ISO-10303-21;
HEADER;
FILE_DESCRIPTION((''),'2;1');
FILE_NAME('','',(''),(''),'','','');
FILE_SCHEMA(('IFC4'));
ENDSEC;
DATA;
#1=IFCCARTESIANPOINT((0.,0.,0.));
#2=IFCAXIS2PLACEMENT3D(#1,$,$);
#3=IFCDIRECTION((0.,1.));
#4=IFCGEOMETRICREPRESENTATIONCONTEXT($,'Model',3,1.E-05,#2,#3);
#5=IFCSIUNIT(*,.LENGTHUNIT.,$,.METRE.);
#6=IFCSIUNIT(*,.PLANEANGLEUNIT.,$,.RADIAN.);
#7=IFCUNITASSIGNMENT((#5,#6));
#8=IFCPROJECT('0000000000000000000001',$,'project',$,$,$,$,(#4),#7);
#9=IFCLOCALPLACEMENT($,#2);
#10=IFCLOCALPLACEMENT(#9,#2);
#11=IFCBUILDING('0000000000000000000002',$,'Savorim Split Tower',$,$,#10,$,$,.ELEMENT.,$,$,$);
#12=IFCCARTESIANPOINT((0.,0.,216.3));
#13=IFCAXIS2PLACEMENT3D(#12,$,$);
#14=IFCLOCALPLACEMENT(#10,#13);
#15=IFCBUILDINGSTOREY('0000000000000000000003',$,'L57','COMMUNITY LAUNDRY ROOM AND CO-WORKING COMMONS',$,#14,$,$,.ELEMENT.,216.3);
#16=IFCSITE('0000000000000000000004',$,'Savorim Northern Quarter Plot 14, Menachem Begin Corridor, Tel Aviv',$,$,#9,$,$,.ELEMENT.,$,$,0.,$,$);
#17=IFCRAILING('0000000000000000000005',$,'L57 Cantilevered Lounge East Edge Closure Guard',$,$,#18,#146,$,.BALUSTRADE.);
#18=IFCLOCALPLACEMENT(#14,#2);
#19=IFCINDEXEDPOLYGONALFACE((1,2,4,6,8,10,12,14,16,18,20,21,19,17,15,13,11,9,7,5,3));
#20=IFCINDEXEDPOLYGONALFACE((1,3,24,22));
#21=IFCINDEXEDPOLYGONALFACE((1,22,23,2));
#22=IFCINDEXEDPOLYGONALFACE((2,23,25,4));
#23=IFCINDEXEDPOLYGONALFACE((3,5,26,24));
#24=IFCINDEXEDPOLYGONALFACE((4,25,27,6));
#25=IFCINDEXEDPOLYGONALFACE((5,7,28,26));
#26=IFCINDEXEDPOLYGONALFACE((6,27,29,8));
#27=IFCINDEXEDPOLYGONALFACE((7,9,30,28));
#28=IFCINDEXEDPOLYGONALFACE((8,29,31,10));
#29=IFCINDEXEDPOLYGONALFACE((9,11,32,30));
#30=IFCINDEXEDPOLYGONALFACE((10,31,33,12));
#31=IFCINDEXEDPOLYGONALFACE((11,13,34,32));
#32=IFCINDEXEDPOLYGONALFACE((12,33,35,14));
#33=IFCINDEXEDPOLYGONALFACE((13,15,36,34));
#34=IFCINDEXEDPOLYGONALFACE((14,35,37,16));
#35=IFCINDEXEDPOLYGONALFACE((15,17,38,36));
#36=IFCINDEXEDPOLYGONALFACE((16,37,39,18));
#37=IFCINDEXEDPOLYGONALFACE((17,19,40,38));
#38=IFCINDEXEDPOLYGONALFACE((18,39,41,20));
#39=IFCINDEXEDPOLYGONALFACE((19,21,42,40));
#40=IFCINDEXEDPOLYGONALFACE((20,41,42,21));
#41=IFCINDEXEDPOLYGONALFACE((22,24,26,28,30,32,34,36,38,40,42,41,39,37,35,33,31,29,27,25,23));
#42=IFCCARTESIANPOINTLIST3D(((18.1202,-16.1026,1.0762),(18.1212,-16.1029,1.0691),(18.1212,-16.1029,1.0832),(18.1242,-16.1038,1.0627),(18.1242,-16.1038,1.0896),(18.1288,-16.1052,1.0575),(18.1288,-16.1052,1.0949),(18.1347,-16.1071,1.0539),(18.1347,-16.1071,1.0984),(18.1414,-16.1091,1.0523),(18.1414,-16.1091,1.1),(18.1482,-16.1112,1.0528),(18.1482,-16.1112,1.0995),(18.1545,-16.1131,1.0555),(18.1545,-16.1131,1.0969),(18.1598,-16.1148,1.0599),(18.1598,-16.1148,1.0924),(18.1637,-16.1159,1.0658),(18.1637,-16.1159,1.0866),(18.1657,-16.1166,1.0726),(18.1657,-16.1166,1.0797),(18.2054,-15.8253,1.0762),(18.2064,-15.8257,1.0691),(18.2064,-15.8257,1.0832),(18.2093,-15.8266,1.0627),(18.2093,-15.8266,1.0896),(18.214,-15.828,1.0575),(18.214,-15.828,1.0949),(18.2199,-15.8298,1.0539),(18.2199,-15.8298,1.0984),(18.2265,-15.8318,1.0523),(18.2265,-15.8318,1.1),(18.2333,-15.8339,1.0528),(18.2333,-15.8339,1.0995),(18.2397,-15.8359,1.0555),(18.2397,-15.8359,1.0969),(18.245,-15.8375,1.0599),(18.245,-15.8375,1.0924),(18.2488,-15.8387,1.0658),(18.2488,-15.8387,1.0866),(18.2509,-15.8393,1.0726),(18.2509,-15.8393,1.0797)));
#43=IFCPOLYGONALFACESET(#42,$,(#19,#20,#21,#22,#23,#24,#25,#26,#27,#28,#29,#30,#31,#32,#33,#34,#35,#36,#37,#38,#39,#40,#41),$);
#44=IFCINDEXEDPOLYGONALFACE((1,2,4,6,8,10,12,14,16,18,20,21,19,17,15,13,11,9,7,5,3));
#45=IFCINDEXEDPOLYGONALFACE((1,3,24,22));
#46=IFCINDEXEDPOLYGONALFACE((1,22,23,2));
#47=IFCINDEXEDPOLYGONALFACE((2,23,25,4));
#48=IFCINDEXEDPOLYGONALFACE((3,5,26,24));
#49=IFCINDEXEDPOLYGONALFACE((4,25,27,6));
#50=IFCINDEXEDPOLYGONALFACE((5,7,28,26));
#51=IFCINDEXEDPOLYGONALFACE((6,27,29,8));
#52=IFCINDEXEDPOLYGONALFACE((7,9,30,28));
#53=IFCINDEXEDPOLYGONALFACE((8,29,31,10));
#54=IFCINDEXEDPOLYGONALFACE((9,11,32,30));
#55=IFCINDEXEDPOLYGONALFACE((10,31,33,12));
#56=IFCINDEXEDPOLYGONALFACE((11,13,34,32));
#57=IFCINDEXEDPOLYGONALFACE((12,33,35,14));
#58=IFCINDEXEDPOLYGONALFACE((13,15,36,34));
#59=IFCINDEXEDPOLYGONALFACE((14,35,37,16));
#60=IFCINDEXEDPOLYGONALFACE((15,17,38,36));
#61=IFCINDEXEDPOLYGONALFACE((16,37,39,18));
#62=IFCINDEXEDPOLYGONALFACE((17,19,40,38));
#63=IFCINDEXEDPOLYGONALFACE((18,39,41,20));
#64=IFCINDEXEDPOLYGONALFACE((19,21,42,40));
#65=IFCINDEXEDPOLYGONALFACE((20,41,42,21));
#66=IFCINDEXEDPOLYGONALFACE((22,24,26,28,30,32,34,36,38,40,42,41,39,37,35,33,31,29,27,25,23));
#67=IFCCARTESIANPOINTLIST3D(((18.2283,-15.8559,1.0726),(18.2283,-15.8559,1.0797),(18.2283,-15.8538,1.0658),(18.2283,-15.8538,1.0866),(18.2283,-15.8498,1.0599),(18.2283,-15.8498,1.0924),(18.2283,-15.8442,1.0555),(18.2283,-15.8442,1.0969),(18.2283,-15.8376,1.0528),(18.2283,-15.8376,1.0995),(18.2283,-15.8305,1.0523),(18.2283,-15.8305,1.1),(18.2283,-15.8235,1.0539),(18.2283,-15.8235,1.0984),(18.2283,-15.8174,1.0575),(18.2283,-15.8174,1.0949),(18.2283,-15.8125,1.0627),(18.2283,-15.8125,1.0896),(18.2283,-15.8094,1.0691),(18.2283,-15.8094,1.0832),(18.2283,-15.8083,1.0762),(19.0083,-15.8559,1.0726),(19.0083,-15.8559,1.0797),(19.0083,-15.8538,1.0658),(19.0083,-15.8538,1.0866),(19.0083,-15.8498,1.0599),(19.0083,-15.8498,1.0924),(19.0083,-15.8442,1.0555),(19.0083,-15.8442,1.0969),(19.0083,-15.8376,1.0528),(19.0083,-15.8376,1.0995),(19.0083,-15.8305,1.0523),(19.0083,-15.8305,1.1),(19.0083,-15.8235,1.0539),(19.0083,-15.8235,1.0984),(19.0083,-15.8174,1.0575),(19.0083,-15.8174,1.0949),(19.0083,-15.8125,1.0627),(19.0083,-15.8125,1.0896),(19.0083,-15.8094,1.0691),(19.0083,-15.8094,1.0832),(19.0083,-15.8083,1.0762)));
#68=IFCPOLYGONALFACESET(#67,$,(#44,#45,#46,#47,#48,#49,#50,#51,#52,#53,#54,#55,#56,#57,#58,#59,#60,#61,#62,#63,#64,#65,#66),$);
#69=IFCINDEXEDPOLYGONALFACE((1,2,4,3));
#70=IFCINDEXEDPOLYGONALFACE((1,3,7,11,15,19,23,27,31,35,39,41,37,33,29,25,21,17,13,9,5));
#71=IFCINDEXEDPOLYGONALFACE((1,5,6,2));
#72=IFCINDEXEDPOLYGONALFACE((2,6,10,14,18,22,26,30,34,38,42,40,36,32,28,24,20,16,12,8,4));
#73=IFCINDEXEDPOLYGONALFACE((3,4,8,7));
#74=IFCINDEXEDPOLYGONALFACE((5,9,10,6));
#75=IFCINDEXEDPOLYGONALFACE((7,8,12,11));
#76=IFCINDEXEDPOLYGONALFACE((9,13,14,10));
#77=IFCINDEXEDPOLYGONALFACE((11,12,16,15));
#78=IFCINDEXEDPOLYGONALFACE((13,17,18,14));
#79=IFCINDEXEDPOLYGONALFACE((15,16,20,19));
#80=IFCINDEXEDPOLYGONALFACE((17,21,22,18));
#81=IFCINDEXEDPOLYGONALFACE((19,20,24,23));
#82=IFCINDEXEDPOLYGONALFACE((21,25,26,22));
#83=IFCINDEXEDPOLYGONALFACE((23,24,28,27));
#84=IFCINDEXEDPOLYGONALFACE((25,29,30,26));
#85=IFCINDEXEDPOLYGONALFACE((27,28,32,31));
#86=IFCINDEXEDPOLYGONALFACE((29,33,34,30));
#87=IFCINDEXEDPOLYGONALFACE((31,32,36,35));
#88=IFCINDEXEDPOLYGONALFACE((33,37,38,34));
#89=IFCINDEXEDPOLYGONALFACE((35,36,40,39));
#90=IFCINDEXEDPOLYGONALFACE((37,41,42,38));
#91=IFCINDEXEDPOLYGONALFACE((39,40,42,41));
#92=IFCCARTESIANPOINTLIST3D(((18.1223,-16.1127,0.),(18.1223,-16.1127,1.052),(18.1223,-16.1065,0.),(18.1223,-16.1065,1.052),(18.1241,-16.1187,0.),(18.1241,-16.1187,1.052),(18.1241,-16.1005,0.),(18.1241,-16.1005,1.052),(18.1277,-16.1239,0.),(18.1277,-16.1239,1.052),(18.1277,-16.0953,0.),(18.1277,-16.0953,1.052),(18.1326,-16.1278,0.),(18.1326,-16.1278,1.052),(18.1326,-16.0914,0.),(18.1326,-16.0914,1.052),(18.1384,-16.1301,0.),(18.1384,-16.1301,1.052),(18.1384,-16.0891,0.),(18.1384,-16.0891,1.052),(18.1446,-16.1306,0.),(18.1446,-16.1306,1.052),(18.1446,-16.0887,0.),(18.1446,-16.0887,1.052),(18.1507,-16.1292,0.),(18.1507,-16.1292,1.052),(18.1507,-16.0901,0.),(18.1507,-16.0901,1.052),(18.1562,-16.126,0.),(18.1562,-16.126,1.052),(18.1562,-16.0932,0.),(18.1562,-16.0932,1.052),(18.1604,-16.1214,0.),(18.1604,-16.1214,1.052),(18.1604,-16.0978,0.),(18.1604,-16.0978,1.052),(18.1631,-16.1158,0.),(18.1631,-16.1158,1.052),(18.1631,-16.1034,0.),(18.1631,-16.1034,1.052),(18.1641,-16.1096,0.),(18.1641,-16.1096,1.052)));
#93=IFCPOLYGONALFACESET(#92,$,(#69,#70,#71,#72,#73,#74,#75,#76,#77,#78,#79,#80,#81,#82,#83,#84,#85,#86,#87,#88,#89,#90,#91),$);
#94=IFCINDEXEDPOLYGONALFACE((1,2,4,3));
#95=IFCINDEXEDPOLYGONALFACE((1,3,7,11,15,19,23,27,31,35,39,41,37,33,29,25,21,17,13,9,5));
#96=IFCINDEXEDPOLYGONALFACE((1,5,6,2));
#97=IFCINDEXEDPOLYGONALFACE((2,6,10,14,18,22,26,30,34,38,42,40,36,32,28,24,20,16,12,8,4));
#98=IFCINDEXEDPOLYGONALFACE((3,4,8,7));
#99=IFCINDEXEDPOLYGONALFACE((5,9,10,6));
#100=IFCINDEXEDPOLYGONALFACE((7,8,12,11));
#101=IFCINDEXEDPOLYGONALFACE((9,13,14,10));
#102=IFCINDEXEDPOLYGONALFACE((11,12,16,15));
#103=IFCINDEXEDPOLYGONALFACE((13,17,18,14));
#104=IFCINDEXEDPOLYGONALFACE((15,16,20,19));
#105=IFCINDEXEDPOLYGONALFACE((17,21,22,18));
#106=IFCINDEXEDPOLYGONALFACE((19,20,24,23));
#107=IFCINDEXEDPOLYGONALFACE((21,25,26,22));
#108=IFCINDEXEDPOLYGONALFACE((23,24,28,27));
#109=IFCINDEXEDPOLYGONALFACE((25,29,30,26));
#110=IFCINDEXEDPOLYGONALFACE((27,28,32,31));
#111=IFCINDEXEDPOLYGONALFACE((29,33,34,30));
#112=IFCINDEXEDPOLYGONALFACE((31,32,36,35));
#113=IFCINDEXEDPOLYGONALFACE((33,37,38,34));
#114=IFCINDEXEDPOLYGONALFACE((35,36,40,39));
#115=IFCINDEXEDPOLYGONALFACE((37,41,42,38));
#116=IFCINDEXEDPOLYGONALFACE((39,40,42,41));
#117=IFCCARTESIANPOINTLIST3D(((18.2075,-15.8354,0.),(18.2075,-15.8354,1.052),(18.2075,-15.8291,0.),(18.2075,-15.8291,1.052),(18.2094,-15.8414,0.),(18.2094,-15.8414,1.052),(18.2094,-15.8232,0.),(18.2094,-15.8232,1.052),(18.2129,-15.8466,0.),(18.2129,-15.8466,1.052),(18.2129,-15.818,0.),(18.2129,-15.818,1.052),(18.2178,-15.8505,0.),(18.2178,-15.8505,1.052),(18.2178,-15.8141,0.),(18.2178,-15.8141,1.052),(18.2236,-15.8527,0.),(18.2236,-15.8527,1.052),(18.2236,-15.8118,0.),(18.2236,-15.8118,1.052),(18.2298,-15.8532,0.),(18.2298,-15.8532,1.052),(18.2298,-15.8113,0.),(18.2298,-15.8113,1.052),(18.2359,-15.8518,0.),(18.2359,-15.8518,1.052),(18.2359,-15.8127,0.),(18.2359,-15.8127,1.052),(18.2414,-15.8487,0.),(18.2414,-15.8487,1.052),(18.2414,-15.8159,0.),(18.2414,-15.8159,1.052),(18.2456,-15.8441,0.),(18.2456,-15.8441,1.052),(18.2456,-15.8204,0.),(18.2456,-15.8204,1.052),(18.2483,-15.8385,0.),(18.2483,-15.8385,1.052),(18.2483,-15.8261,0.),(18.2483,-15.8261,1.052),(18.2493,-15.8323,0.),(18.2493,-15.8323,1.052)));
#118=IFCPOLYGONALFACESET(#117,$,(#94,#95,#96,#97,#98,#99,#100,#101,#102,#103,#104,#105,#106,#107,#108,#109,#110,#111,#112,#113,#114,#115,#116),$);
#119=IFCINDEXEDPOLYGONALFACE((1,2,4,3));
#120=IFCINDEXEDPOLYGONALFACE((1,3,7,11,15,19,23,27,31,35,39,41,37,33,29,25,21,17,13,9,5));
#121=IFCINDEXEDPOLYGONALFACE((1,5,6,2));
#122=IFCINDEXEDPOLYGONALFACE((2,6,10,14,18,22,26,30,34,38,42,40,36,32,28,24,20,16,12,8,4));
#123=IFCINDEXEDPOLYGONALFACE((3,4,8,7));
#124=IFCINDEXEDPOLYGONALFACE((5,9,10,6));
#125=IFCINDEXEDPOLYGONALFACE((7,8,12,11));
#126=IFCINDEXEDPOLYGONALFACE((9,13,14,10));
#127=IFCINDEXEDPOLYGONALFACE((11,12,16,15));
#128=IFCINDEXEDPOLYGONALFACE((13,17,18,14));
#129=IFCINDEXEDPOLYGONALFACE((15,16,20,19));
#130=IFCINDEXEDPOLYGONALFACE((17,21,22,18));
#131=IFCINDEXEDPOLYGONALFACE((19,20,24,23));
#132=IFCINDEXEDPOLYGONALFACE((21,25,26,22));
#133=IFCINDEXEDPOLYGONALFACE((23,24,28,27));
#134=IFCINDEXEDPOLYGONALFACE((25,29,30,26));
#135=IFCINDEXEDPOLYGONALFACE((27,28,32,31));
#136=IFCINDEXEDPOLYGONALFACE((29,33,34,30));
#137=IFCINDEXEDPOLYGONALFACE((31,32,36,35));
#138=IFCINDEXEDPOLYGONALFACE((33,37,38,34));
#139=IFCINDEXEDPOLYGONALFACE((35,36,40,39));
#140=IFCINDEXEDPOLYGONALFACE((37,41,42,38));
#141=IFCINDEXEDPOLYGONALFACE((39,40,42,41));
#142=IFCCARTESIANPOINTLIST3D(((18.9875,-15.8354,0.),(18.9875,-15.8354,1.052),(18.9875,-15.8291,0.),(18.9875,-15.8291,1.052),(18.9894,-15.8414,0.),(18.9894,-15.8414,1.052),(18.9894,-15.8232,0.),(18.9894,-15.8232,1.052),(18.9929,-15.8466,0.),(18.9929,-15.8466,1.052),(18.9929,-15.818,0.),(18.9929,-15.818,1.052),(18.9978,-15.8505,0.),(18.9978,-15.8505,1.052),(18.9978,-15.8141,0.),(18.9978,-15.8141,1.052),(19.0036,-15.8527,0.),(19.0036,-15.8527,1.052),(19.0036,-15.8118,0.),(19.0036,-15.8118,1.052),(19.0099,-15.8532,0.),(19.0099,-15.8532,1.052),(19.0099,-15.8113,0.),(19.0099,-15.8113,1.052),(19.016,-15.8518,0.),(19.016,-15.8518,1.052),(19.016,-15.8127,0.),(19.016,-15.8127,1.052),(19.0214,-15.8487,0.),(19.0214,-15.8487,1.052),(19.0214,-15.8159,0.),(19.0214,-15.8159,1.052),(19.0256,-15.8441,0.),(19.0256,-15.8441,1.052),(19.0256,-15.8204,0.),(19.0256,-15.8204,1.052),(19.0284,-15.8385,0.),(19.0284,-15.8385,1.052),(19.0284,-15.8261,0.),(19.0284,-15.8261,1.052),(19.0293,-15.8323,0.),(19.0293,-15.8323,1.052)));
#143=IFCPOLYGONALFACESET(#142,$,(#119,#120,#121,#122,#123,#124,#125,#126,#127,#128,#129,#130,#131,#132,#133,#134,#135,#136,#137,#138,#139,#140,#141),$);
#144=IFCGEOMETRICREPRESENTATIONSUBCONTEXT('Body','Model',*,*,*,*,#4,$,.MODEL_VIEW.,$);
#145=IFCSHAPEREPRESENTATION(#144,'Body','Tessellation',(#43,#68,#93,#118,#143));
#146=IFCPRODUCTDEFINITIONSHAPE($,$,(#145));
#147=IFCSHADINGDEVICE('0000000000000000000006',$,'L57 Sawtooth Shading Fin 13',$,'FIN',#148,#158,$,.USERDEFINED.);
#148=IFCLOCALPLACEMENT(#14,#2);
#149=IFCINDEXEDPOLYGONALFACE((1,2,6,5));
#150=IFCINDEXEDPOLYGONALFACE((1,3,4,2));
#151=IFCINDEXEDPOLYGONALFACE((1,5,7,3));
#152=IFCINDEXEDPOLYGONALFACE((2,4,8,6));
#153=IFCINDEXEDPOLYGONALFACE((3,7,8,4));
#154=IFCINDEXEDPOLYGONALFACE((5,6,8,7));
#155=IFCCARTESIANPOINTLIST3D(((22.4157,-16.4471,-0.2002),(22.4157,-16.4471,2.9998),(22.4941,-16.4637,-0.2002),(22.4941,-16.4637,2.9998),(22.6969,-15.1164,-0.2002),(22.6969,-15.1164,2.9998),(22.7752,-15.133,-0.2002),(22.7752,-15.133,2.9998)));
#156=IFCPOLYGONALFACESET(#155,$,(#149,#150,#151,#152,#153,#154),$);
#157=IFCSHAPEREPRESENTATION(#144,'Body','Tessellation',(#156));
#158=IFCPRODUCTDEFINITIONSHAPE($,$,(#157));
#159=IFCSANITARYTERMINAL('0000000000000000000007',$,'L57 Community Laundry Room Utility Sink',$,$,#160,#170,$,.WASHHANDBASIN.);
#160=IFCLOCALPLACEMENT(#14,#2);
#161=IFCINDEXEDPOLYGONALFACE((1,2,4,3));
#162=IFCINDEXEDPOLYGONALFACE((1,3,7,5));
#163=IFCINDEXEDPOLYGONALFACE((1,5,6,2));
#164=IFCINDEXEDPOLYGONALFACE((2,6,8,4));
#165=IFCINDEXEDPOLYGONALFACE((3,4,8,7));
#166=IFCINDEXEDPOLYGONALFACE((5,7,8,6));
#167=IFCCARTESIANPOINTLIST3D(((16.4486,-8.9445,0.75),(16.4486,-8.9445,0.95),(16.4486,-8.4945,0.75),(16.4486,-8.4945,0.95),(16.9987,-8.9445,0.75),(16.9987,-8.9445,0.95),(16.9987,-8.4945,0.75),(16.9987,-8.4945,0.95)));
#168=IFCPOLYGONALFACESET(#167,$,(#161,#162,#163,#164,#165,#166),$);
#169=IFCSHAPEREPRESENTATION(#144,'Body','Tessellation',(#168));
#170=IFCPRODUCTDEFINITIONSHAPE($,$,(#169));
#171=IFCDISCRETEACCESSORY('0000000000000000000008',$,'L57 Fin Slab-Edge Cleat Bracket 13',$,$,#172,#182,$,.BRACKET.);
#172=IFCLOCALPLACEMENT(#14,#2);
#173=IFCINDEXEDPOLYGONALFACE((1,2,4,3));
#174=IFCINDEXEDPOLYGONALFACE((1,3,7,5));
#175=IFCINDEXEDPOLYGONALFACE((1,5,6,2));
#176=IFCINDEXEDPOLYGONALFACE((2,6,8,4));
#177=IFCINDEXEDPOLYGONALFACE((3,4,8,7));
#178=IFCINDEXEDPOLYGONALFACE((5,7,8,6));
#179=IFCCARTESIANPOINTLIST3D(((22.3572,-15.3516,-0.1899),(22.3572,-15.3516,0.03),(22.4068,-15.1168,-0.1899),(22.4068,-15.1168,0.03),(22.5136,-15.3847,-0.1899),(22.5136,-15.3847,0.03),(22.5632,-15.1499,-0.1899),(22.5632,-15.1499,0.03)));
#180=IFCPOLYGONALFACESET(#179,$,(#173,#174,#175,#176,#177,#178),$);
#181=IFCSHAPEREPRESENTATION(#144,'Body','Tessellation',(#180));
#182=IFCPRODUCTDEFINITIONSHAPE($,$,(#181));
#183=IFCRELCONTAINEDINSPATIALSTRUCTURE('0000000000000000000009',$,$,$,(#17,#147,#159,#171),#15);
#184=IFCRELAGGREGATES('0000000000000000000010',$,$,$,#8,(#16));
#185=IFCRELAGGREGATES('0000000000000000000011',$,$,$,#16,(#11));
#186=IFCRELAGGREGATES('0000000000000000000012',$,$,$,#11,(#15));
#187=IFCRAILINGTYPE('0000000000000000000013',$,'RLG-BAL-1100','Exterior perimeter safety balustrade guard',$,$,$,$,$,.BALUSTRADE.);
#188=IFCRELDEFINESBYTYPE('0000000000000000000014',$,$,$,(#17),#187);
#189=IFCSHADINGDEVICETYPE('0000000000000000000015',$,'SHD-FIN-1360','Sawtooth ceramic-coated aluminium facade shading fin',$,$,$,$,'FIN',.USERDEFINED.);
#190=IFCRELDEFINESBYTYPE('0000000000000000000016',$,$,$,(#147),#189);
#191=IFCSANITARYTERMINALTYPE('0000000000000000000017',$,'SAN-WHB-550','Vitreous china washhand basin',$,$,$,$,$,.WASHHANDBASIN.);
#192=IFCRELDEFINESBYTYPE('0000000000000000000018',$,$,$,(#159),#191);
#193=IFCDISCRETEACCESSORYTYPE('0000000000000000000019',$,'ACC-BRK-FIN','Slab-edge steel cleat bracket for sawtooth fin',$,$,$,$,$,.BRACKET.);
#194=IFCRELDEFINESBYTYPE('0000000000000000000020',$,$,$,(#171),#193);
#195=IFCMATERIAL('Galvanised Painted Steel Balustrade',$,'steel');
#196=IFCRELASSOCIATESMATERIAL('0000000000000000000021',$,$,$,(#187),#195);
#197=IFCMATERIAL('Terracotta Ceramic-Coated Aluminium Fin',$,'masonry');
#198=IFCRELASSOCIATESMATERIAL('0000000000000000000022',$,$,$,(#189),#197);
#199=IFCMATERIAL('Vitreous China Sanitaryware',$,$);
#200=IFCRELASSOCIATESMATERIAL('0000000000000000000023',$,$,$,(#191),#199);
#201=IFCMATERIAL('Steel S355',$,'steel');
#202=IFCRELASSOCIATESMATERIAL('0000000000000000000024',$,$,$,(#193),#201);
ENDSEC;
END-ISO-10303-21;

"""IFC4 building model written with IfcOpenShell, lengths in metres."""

from ifc_helpers import new_model, si_unit, direction, frame, origin, origin_2d, place, context, subcontext, project, spatial, rectangle, circle, extrude, material, type_object, element, save


model = new_model("IFC4")

# Units and contexts
model_context = context("Model", 3, precision=1e-05, world=origin(), true_north=direction((0.0, 1.0)))
body_context = subcontext(model_context, "Body", "Model", "MODEL_VIEW")
ifc_project = project(units=[si_unit("LENGTHUNIT", "METRE"), si_unit("PLANEANGLEUNIT", "RADIAN")], contexts=[model_context])

# Site, building, storey
site_placement = place(None, origin())
site = spatial("IfcSite", under=ifc_project, at=site_placement, Name="Savorim Northern Quarter Plot 14, Menachem Begin Corridor, Tel Aviv", CompositionType="ELEMENT", RefElevation=0.0)
building_placement = place(site_placement, origin())
building = spatial("IfcBuilding", under=site, at=building_placement, Name="Savorim Split Tower", CompositionType="ELEMENT")
storey_placement = place(building_placement, frame((0.0, 0.0, 216.3)))
storey = spatial("IfcBuildingStorey", under=building, at=storey_placement, Name="L57", Description="COMMUNITY LAUNDRY ROOM AND CO-WORKING COMMONS", CompositionType="ELEMENT", Elevation=216.3)

# Shared definitions
ifc_material_1 = material(Name="Steel S355", Category="steel")

# Railing
ifc_material_2 = material(Name="Galvanised Painted Steel Balustrade", Category="steel")
railing_type = type_object("IfcRailingType", Name="RLG-BAL-1100", Description="Exterior perimeter safety balustrade guard", PredefinedType="BALUSTRADE", material=ifc_material_2)
railing_placement = place(storey_placement, frame((18.1431, -16.1096, 0.0)))
element("IfcRailing", 1, at=railing_placement, inside=storey, type_object=railing_type, Name="L57 Cantilevered Lounge East Edge Closure Guard", PredefinedType="BALUSTRADE", context=body_context, shape_type="SweptSolid", body=[
    extrude(circle(Radius=0.0239, at=origin_2d()), frame((0.0, 0.0, 1.0762), z_axis=(0.293672, 0.955906, 0.0), x_axis=(-0.955906, 0.293672, 0.0)), (0.0, 0.0, 1.0), 0.29),
    extrude(circle(Radius=0.0239, at=origin_2d()), frame((0.0852, 0.2773, 1.0762), z_axis=(1.0, 0.0, 0.0), x_axis=(0.0, 1.0, 0.0)), (0.0, 0.0, 1.0), 0.78),
    extrude(circle(Radius=0.021, at=origin_2d()), origin(), (0.0, 0.0, 1.0), 1.052),
    extrude(circle(Radius=0.021, at=origin_2d()), frame((0.0852, 0.2773, 0.0)), (0.0, 0.0, 1.0), 1.052),
    extrude(circle(Radius=0.021, at=origin_2d()), frame((0.8652, 0.2773, 0.0)), (0.0, 0.0, 1.0), 1.052),
])

# Shading device
ifc_material_3 = material(Name="Terracotta Ceramic-Coated Aluminium Fin", Category="masonry")
shading_device_type = type_object("IfcShadingDeviceType", Name="SHD-FIN-1360", Description="Sawtooth ceramic-coated aluminium facade shading fin", ElementType="FIN", PredefinedType="USERDEFINED", material=ifc_material_3)
shading_device_placement = place(storey_placement, frame((22.5955, -15.79, -0.2002), z_axis=(0.0, 0.0, 1.0), x_axis=(-0.206722, -0.9784, 0.0)))
element("IfcShadingDevice", 2, at=shading_device_placement, inside=storey, type_object=shading_device_type, Name="L57 Sawtooth Shading Fin 13", ObjectType="FIN", PredefinedType="USERDEFINED", context=body_context, shape_type="SweptSolid", body=[
    extrude(rectangle(XDim=1.3601, YDim=0.0801, at=origin_2d()), origin(), (0.0, 0.0, 1.0), 3.2),
])

# Sanitary terminal
ifc_material_4 = material(Name="Vitreous China Sanitaryware")
sanitary_terminal_type = type_object("IfcSanitaryTerminalType", Name="SAN-WHB-550", Description="Vitreous china washhand basin", PredefinedType="WASHHANDBASIN", material=ifc_material_4)
sanitary_terminal_placement = place(storey_placement, frame((16.7236, -8.7195, 0.75), z_axis=(0.0, 0.0, 1.0), x_axis=(1.0, 0.0, 0.0)))
element("IfcSanitaryTerminal", 3, at=sanitary_terminal_placement, inside=storey, type_object=sanitary_terminal_type, Name="L57 Community Laundry Room Utility Sink", PredefinedType="WASHHANDBASIN", context=body_context, shape_type="SweptSolid", body=[
    extrude(rectangle(XDim=0.55, YDim=0.45, at=origin_2d()), origin(), (0.0, 0.0, 1.0), 0.2),
])

# Discrete accessory
discrete_accessory_type = type_object("IfcDiscreteAccessoryType", Name="ACC-BRK-FIN", Description="Slab-edge steel cleat bracket for sawtooth fin", PredefinedType="BRACKET", material=ifc_material_1)
discrete_accessory_placement = place(storey_placement, frame((22.4602, -15.2507, -0.1899), z_axis=(0.0, 0.0, 1.0), x_axis=(-0.206722, -0.9784, 0.0)))
element("IfcDiscreteAccessory", 4, at=discrete_accessory_placement, inside=storey, type_object=discrete_accessory_type, Name="L57 Fin Slab-Edge Cleat Bracket 13", PredefinedType="BRACKET", context=body_context, shape_type="SweptSolid", body=[
    extrude(rectangle(XDim=0.24, YDim=0.1599, at=origin_2d()), origin(), (0.0, 0.0, 1.0), 0.22),
])

save(model, "model.ifc")
